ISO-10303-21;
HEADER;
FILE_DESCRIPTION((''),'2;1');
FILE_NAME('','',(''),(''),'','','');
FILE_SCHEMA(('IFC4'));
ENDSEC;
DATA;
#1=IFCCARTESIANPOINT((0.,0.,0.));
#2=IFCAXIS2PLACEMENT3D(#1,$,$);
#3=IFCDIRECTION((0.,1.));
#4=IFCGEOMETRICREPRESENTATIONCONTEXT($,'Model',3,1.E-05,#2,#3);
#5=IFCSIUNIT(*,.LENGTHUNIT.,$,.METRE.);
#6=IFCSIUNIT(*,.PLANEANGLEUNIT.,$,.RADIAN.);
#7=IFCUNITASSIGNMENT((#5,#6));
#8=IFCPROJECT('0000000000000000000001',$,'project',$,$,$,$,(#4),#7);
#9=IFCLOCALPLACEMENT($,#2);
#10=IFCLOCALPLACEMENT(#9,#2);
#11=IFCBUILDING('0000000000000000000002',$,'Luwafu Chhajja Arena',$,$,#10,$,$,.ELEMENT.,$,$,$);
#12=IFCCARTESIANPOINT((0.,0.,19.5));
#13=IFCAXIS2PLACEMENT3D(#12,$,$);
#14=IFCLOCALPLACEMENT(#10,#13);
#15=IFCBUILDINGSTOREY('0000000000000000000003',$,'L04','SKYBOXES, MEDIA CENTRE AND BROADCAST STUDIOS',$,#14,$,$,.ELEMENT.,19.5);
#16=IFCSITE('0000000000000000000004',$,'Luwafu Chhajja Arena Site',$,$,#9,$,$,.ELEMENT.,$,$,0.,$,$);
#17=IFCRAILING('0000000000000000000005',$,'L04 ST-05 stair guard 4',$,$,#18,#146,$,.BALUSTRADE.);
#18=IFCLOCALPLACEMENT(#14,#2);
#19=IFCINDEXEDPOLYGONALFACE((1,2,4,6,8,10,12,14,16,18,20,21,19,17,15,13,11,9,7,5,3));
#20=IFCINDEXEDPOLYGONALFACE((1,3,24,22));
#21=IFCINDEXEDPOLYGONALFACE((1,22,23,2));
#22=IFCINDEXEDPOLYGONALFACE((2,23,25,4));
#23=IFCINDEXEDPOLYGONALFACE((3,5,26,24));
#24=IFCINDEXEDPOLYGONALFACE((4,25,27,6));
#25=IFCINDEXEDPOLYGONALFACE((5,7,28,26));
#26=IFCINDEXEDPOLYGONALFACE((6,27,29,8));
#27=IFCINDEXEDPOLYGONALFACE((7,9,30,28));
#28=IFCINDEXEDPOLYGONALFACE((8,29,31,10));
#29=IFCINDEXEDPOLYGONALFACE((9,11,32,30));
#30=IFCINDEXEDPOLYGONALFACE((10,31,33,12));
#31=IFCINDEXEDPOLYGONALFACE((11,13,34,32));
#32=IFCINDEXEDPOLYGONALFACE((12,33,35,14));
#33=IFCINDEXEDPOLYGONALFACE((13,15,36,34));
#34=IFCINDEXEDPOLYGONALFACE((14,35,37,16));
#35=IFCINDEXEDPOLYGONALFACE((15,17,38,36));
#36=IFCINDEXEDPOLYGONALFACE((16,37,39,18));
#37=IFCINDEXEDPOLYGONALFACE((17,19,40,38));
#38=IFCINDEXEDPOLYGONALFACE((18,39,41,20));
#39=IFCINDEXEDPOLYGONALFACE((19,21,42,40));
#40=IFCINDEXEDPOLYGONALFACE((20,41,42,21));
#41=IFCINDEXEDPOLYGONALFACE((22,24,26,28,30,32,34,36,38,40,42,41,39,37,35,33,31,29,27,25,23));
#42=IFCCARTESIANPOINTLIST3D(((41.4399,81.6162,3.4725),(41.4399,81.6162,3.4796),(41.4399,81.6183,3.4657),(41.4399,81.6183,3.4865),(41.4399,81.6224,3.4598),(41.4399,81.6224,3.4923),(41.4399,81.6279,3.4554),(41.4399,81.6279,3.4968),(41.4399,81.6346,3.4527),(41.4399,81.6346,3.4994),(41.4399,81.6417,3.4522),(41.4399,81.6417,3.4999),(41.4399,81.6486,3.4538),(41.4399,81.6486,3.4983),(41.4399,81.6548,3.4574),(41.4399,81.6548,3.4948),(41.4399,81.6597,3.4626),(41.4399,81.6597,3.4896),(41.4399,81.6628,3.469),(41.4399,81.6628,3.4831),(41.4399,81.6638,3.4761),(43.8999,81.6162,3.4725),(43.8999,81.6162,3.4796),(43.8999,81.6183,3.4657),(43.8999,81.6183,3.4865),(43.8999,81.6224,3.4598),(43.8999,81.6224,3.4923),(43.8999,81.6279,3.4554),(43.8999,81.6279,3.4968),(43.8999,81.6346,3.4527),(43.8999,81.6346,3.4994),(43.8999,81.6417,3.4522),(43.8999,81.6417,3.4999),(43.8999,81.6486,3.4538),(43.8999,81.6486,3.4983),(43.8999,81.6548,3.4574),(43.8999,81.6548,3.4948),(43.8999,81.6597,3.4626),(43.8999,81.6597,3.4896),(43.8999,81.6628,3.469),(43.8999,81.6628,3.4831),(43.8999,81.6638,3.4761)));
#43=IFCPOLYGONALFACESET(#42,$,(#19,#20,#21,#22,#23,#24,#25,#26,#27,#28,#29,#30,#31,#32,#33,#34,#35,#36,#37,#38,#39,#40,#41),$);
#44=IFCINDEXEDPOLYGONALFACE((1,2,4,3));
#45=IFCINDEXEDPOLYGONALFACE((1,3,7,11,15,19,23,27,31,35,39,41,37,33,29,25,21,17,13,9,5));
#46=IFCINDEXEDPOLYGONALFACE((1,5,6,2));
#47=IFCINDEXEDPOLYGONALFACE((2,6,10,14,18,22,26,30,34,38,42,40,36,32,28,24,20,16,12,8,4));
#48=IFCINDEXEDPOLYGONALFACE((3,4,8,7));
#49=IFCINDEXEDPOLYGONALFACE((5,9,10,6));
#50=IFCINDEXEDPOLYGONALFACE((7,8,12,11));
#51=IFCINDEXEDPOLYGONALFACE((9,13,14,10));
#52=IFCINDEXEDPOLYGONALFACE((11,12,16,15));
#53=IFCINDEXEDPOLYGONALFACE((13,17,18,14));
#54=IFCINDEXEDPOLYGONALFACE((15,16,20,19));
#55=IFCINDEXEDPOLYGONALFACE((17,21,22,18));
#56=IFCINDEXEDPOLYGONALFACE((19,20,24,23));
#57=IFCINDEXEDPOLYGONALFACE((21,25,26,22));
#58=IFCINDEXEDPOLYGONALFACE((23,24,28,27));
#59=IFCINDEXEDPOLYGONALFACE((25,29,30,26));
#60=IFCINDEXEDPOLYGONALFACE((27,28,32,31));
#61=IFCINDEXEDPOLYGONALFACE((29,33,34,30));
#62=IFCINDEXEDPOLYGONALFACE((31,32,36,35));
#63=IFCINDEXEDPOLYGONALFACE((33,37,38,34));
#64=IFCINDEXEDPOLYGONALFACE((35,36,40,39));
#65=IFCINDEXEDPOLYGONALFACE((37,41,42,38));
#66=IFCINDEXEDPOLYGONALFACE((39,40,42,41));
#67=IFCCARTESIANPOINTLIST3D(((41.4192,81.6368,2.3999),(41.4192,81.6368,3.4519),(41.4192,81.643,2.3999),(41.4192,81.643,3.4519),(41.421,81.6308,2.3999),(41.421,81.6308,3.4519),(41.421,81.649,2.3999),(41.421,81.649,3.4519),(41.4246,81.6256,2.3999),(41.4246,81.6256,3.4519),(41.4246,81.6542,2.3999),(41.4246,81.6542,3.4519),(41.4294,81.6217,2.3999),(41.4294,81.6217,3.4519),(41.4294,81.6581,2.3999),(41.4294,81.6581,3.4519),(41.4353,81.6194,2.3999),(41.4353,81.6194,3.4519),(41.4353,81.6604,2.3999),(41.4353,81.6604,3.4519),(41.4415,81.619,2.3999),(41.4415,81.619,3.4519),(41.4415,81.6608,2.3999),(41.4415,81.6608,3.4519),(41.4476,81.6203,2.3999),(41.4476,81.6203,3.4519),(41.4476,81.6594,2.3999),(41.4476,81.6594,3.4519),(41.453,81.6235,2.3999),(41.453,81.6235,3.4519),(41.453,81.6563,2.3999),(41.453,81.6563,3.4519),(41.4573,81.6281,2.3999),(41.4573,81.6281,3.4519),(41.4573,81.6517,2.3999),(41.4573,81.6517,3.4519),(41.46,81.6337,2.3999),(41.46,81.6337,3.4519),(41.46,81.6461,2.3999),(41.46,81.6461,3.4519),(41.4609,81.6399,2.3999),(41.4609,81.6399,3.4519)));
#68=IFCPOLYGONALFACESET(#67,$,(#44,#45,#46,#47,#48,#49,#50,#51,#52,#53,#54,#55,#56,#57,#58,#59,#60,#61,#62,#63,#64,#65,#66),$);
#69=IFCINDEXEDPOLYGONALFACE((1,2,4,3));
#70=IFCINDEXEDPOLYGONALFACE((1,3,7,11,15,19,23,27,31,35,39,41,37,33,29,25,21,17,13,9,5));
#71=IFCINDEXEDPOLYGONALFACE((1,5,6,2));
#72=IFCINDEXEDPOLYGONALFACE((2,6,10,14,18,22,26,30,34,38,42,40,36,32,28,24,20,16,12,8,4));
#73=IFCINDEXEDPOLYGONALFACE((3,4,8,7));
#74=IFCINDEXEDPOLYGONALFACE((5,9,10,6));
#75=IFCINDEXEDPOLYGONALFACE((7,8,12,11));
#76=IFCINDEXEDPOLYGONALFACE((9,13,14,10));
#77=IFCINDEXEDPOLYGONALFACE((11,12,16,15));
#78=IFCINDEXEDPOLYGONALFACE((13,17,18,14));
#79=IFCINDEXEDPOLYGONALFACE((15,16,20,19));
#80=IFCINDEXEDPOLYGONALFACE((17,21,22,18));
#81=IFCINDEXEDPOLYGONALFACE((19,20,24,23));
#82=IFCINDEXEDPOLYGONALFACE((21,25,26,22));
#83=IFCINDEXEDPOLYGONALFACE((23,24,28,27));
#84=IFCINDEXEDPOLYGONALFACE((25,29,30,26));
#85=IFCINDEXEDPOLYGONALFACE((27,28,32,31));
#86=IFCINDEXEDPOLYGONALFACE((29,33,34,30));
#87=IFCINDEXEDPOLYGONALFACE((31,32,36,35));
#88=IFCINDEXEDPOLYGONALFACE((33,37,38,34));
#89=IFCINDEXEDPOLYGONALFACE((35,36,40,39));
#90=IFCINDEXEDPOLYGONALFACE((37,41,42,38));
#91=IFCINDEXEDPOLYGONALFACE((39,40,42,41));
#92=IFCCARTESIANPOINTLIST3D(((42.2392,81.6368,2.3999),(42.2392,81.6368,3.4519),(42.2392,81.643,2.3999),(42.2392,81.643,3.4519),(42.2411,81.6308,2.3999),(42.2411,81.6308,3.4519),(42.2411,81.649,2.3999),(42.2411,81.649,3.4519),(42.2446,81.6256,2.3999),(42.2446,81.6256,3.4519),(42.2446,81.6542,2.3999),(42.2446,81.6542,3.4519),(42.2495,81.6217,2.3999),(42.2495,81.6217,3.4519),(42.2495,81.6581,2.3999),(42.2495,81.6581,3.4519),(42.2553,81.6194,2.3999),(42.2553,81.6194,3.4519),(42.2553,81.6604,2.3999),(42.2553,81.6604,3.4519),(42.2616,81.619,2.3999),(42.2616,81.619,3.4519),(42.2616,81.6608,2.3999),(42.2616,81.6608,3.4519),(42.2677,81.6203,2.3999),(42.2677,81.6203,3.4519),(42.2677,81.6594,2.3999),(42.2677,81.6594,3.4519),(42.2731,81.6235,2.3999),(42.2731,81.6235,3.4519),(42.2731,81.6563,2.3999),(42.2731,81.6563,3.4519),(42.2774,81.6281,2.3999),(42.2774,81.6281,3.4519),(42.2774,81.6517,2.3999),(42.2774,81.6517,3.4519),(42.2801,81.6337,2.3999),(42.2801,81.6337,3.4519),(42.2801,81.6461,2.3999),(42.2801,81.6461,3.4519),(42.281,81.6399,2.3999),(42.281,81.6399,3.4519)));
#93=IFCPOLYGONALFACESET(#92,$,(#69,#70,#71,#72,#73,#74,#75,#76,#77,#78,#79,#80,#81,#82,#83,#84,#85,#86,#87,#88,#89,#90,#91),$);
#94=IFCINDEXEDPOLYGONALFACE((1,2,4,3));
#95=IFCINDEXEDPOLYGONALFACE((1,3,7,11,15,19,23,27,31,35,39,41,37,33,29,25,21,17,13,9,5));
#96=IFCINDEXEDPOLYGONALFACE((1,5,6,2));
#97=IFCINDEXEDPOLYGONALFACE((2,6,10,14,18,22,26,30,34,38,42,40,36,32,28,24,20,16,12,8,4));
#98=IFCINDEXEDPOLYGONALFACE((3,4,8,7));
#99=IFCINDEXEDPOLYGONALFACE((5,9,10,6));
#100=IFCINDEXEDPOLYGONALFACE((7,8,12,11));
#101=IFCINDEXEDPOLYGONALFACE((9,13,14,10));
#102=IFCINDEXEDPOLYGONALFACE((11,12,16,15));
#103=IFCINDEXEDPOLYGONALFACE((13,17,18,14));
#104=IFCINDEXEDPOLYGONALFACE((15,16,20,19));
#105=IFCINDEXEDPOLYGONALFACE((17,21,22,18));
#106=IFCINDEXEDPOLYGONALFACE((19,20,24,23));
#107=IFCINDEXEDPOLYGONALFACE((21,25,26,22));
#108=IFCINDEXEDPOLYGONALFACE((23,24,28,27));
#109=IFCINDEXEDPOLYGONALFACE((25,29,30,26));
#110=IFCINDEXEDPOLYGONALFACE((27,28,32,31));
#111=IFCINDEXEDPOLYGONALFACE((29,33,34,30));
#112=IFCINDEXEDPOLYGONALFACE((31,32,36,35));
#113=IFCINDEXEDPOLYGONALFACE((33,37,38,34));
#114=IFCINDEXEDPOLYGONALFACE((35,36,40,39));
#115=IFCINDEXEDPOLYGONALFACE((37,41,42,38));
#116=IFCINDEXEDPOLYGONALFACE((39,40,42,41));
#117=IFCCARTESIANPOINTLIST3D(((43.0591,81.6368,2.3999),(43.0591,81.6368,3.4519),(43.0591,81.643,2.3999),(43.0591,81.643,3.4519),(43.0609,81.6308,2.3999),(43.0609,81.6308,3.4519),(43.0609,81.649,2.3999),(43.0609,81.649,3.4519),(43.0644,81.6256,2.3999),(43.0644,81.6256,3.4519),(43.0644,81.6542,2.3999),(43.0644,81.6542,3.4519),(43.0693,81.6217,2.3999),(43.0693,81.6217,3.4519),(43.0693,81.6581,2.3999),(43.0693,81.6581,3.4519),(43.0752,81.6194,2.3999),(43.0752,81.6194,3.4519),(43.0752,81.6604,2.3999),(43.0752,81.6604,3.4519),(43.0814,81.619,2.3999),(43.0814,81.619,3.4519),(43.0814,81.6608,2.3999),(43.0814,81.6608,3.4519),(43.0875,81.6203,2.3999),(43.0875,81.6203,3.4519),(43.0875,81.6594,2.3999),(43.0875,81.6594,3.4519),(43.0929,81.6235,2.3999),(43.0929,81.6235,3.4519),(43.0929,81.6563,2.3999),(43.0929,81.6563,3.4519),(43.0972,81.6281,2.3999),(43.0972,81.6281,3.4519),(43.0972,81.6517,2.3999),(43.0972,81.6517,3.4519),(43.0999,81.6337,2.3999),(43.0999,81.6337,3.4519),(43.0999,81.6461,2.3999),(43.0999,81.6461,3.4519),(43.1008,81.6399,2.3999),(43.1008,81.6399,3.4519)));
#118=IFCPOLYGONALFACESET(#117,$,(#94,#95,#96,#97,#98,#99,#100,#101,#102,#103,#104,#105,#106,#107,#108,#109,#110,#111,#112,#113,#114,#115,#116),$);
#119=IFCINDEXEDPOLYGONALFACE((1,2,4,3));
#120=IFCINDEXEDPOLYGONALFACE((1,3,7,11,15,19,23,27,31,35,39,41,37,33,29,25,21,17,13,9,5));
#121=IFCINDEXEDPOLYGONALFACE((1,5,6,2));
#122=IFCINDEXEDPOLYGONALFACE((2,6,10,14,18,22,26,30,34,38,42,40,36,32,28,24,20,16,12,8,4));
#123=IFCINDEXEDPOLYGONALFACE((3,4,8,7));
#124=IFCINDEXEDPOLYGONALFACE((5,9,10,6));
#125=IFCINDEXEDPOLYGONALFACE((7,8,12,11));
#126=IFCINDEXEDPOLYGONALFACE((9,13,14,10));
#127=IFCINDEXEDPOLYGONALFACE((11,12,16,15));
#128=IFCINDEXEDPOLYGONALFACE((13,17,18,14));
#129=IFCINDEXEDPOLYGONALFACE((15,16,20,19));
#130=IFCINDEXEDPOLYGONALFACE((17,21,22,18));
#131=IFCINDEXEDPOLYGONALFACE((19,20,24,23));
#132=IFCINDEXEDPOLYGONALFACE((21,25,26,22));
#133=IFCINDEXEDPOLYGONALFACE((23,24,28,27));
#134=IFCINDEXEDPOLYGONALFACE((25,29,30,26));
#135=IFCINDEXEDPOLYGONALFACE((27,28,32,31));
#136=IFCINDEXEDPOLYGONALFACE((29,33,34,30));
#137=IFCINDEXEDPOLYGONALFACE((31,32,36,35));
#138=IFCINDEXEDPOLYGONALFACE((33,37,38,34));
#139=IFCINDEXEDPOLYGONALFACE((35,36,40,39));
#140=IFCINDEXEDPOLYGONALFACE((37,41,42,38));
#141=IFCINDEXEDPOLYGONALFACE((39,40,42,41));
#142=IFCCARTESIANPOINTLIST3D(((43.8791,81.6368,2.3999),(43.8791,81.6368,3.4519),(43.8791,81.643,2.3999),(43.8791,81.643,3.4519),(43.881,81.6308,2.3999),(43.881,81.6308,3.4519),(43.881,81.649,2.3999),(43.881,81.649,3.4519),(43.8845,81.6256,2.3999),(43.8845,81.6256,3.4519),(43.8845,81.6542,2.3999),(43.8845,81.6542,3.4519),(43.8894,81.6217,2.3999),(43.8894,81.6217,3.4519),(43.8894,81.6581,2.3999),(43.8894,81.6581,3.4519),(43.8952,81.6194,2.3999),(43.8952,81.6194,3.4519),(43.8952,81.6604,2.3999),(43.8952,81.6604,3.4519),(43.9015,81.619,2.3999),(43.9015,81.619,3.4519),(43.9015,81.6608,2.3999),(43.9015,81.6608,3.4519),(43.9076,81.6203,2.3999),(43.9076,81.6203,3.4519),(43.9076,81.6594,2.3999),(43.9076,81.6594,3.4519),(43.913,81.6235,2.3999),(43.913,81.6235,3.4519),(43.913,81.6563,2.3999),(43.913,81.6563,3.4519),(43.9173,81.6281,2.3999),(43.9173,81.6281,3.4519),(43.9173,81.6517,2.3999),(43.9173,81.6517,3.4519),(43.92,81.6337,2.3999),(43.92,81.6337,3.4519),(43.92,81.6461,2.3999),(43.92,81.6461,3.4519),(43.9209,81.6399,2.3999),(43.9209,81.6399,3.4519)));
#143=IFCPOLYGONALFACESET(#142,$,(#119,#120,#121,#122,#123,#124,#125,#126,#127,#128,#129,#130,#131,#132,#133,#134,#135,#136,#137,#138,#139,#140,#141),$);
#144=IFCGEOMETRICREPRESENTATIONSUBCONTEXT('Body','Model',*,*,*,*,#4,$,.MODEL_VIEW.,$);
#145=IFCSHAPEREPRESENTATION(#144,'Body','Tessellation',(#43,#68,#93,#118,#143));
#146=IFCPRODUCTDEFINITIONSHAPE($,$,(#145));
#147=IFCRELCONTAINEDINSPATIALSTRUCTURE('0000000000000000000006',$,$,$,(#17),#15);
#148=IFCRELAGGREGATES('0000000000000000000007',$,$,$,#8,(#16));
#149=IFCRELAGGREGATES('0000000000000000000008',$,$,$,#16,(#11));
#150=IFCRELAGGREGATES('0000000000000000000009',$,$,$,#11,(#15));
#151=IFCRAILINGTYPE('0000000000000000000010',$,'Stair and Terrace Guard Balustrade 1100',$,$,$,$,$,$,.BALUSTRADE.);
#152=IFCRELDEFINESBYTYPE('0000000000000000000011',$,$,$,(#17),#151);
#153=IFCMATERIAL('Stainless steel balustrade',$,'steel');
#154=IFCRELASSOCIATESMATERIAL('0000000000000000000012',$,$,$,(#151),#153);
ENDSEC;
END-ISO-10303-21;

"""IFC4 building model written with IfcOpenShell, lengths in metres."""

from ifc_helpers import new_model, si_unit, direction, frame, origin, origin_2d, place, context, subcontext, project, spatial, circle, extrude, material, type_object, element, save


model = new_model("IFC4")

# Units and contexts
model_context = context("Model", 3, precision=1e-05, world=origin(), true_north=direction((0.0, 1.0)))
body_context = subcontext(model_context, "Body", "Model", "MODEL_VIEW")
ifc_project = project(units=[si_unit("LENGTHUNIT", "METRE"), si_unit("PLANEANGLEUNIT", "RADIAN")], contexts=[model_context])

# Site, building, storey
site_placement = place(None, origin())
site = spatial("IfcSite", under=ifc_project, at=site_placement, Name="Luwafu Chhajja Arena Site", CompositionType="ELEMENT", RefElevation=0.0)
building_placement = place(site_placement, origin())
building = spatial("IfcBuilding", under=site, at=building_placement, Name="Luwafu Chhajja Arena", CompositionType="ELEMENT")
storey_placement = place(building_placement, frame((0.0, 0.0, 19.5)))
storey = spatial("IfcBuildingStorey", under=building, at=storey_placement, Name="L04", Description="SKYBOXES, MEDIA CENTRE AND BROADCAST STUDIOS", CompositionType="ELEMENT", Elevation=19.5)

# Railing
ifc_material_1 = material(Name="Stainless steel balustrade", Category="steel")
railing_type_1 = type_object("IfcRailingType", Name="Stair and Terrace Guard Balustrade 1100", PredefinedType="BALUSTRADE", material=ifc_material_1)
for number, where, name in (
    (1, (41.4399, 81.6399, 2.3999), "L04 ST-05 stair guard 4"),
):
    element("IfcRailing", number, at=place(storey_placement, frame(where)), inside=storey, type_object=railing_type_1, Name=name, PredefinedType="BALUSTRADE", context=body_context, shape_type="SweptSolid", body=[
        extrude(circle(Radius=0.0239, at=origin_2d()), frame((0.0, 0.0, 1.0762), z_axis=(1.0, 0.0, 0.0), x_axis=(0.0, 1.0, 0.0)), (0.0, 0.0, 1.0), 2.46),
        extrude(circle(Radius=0.021, at=origin_2d()), origin(), (0.0, 0.0, 1.0), 1.052),
        extrude(circle(Radius=0.021, at=origin_2d()), frame((0.8201, 0.0, 0.0)), (0.0, 0.0, 1.0), 1.052),
        extrude(circle(Radius=0.021, at=origin_2d()), frame((1.6399, 0.0, 0.0)), (0.0, 0.0, 1.0), 1.052),
        extrude(circle(Radius=0.021, at=origin_2d()), frame((2.46, 0.0, 0.0)), (0.0, 0.0, 1.0), 1.052),
    ])

save(model, "model.ifc")
